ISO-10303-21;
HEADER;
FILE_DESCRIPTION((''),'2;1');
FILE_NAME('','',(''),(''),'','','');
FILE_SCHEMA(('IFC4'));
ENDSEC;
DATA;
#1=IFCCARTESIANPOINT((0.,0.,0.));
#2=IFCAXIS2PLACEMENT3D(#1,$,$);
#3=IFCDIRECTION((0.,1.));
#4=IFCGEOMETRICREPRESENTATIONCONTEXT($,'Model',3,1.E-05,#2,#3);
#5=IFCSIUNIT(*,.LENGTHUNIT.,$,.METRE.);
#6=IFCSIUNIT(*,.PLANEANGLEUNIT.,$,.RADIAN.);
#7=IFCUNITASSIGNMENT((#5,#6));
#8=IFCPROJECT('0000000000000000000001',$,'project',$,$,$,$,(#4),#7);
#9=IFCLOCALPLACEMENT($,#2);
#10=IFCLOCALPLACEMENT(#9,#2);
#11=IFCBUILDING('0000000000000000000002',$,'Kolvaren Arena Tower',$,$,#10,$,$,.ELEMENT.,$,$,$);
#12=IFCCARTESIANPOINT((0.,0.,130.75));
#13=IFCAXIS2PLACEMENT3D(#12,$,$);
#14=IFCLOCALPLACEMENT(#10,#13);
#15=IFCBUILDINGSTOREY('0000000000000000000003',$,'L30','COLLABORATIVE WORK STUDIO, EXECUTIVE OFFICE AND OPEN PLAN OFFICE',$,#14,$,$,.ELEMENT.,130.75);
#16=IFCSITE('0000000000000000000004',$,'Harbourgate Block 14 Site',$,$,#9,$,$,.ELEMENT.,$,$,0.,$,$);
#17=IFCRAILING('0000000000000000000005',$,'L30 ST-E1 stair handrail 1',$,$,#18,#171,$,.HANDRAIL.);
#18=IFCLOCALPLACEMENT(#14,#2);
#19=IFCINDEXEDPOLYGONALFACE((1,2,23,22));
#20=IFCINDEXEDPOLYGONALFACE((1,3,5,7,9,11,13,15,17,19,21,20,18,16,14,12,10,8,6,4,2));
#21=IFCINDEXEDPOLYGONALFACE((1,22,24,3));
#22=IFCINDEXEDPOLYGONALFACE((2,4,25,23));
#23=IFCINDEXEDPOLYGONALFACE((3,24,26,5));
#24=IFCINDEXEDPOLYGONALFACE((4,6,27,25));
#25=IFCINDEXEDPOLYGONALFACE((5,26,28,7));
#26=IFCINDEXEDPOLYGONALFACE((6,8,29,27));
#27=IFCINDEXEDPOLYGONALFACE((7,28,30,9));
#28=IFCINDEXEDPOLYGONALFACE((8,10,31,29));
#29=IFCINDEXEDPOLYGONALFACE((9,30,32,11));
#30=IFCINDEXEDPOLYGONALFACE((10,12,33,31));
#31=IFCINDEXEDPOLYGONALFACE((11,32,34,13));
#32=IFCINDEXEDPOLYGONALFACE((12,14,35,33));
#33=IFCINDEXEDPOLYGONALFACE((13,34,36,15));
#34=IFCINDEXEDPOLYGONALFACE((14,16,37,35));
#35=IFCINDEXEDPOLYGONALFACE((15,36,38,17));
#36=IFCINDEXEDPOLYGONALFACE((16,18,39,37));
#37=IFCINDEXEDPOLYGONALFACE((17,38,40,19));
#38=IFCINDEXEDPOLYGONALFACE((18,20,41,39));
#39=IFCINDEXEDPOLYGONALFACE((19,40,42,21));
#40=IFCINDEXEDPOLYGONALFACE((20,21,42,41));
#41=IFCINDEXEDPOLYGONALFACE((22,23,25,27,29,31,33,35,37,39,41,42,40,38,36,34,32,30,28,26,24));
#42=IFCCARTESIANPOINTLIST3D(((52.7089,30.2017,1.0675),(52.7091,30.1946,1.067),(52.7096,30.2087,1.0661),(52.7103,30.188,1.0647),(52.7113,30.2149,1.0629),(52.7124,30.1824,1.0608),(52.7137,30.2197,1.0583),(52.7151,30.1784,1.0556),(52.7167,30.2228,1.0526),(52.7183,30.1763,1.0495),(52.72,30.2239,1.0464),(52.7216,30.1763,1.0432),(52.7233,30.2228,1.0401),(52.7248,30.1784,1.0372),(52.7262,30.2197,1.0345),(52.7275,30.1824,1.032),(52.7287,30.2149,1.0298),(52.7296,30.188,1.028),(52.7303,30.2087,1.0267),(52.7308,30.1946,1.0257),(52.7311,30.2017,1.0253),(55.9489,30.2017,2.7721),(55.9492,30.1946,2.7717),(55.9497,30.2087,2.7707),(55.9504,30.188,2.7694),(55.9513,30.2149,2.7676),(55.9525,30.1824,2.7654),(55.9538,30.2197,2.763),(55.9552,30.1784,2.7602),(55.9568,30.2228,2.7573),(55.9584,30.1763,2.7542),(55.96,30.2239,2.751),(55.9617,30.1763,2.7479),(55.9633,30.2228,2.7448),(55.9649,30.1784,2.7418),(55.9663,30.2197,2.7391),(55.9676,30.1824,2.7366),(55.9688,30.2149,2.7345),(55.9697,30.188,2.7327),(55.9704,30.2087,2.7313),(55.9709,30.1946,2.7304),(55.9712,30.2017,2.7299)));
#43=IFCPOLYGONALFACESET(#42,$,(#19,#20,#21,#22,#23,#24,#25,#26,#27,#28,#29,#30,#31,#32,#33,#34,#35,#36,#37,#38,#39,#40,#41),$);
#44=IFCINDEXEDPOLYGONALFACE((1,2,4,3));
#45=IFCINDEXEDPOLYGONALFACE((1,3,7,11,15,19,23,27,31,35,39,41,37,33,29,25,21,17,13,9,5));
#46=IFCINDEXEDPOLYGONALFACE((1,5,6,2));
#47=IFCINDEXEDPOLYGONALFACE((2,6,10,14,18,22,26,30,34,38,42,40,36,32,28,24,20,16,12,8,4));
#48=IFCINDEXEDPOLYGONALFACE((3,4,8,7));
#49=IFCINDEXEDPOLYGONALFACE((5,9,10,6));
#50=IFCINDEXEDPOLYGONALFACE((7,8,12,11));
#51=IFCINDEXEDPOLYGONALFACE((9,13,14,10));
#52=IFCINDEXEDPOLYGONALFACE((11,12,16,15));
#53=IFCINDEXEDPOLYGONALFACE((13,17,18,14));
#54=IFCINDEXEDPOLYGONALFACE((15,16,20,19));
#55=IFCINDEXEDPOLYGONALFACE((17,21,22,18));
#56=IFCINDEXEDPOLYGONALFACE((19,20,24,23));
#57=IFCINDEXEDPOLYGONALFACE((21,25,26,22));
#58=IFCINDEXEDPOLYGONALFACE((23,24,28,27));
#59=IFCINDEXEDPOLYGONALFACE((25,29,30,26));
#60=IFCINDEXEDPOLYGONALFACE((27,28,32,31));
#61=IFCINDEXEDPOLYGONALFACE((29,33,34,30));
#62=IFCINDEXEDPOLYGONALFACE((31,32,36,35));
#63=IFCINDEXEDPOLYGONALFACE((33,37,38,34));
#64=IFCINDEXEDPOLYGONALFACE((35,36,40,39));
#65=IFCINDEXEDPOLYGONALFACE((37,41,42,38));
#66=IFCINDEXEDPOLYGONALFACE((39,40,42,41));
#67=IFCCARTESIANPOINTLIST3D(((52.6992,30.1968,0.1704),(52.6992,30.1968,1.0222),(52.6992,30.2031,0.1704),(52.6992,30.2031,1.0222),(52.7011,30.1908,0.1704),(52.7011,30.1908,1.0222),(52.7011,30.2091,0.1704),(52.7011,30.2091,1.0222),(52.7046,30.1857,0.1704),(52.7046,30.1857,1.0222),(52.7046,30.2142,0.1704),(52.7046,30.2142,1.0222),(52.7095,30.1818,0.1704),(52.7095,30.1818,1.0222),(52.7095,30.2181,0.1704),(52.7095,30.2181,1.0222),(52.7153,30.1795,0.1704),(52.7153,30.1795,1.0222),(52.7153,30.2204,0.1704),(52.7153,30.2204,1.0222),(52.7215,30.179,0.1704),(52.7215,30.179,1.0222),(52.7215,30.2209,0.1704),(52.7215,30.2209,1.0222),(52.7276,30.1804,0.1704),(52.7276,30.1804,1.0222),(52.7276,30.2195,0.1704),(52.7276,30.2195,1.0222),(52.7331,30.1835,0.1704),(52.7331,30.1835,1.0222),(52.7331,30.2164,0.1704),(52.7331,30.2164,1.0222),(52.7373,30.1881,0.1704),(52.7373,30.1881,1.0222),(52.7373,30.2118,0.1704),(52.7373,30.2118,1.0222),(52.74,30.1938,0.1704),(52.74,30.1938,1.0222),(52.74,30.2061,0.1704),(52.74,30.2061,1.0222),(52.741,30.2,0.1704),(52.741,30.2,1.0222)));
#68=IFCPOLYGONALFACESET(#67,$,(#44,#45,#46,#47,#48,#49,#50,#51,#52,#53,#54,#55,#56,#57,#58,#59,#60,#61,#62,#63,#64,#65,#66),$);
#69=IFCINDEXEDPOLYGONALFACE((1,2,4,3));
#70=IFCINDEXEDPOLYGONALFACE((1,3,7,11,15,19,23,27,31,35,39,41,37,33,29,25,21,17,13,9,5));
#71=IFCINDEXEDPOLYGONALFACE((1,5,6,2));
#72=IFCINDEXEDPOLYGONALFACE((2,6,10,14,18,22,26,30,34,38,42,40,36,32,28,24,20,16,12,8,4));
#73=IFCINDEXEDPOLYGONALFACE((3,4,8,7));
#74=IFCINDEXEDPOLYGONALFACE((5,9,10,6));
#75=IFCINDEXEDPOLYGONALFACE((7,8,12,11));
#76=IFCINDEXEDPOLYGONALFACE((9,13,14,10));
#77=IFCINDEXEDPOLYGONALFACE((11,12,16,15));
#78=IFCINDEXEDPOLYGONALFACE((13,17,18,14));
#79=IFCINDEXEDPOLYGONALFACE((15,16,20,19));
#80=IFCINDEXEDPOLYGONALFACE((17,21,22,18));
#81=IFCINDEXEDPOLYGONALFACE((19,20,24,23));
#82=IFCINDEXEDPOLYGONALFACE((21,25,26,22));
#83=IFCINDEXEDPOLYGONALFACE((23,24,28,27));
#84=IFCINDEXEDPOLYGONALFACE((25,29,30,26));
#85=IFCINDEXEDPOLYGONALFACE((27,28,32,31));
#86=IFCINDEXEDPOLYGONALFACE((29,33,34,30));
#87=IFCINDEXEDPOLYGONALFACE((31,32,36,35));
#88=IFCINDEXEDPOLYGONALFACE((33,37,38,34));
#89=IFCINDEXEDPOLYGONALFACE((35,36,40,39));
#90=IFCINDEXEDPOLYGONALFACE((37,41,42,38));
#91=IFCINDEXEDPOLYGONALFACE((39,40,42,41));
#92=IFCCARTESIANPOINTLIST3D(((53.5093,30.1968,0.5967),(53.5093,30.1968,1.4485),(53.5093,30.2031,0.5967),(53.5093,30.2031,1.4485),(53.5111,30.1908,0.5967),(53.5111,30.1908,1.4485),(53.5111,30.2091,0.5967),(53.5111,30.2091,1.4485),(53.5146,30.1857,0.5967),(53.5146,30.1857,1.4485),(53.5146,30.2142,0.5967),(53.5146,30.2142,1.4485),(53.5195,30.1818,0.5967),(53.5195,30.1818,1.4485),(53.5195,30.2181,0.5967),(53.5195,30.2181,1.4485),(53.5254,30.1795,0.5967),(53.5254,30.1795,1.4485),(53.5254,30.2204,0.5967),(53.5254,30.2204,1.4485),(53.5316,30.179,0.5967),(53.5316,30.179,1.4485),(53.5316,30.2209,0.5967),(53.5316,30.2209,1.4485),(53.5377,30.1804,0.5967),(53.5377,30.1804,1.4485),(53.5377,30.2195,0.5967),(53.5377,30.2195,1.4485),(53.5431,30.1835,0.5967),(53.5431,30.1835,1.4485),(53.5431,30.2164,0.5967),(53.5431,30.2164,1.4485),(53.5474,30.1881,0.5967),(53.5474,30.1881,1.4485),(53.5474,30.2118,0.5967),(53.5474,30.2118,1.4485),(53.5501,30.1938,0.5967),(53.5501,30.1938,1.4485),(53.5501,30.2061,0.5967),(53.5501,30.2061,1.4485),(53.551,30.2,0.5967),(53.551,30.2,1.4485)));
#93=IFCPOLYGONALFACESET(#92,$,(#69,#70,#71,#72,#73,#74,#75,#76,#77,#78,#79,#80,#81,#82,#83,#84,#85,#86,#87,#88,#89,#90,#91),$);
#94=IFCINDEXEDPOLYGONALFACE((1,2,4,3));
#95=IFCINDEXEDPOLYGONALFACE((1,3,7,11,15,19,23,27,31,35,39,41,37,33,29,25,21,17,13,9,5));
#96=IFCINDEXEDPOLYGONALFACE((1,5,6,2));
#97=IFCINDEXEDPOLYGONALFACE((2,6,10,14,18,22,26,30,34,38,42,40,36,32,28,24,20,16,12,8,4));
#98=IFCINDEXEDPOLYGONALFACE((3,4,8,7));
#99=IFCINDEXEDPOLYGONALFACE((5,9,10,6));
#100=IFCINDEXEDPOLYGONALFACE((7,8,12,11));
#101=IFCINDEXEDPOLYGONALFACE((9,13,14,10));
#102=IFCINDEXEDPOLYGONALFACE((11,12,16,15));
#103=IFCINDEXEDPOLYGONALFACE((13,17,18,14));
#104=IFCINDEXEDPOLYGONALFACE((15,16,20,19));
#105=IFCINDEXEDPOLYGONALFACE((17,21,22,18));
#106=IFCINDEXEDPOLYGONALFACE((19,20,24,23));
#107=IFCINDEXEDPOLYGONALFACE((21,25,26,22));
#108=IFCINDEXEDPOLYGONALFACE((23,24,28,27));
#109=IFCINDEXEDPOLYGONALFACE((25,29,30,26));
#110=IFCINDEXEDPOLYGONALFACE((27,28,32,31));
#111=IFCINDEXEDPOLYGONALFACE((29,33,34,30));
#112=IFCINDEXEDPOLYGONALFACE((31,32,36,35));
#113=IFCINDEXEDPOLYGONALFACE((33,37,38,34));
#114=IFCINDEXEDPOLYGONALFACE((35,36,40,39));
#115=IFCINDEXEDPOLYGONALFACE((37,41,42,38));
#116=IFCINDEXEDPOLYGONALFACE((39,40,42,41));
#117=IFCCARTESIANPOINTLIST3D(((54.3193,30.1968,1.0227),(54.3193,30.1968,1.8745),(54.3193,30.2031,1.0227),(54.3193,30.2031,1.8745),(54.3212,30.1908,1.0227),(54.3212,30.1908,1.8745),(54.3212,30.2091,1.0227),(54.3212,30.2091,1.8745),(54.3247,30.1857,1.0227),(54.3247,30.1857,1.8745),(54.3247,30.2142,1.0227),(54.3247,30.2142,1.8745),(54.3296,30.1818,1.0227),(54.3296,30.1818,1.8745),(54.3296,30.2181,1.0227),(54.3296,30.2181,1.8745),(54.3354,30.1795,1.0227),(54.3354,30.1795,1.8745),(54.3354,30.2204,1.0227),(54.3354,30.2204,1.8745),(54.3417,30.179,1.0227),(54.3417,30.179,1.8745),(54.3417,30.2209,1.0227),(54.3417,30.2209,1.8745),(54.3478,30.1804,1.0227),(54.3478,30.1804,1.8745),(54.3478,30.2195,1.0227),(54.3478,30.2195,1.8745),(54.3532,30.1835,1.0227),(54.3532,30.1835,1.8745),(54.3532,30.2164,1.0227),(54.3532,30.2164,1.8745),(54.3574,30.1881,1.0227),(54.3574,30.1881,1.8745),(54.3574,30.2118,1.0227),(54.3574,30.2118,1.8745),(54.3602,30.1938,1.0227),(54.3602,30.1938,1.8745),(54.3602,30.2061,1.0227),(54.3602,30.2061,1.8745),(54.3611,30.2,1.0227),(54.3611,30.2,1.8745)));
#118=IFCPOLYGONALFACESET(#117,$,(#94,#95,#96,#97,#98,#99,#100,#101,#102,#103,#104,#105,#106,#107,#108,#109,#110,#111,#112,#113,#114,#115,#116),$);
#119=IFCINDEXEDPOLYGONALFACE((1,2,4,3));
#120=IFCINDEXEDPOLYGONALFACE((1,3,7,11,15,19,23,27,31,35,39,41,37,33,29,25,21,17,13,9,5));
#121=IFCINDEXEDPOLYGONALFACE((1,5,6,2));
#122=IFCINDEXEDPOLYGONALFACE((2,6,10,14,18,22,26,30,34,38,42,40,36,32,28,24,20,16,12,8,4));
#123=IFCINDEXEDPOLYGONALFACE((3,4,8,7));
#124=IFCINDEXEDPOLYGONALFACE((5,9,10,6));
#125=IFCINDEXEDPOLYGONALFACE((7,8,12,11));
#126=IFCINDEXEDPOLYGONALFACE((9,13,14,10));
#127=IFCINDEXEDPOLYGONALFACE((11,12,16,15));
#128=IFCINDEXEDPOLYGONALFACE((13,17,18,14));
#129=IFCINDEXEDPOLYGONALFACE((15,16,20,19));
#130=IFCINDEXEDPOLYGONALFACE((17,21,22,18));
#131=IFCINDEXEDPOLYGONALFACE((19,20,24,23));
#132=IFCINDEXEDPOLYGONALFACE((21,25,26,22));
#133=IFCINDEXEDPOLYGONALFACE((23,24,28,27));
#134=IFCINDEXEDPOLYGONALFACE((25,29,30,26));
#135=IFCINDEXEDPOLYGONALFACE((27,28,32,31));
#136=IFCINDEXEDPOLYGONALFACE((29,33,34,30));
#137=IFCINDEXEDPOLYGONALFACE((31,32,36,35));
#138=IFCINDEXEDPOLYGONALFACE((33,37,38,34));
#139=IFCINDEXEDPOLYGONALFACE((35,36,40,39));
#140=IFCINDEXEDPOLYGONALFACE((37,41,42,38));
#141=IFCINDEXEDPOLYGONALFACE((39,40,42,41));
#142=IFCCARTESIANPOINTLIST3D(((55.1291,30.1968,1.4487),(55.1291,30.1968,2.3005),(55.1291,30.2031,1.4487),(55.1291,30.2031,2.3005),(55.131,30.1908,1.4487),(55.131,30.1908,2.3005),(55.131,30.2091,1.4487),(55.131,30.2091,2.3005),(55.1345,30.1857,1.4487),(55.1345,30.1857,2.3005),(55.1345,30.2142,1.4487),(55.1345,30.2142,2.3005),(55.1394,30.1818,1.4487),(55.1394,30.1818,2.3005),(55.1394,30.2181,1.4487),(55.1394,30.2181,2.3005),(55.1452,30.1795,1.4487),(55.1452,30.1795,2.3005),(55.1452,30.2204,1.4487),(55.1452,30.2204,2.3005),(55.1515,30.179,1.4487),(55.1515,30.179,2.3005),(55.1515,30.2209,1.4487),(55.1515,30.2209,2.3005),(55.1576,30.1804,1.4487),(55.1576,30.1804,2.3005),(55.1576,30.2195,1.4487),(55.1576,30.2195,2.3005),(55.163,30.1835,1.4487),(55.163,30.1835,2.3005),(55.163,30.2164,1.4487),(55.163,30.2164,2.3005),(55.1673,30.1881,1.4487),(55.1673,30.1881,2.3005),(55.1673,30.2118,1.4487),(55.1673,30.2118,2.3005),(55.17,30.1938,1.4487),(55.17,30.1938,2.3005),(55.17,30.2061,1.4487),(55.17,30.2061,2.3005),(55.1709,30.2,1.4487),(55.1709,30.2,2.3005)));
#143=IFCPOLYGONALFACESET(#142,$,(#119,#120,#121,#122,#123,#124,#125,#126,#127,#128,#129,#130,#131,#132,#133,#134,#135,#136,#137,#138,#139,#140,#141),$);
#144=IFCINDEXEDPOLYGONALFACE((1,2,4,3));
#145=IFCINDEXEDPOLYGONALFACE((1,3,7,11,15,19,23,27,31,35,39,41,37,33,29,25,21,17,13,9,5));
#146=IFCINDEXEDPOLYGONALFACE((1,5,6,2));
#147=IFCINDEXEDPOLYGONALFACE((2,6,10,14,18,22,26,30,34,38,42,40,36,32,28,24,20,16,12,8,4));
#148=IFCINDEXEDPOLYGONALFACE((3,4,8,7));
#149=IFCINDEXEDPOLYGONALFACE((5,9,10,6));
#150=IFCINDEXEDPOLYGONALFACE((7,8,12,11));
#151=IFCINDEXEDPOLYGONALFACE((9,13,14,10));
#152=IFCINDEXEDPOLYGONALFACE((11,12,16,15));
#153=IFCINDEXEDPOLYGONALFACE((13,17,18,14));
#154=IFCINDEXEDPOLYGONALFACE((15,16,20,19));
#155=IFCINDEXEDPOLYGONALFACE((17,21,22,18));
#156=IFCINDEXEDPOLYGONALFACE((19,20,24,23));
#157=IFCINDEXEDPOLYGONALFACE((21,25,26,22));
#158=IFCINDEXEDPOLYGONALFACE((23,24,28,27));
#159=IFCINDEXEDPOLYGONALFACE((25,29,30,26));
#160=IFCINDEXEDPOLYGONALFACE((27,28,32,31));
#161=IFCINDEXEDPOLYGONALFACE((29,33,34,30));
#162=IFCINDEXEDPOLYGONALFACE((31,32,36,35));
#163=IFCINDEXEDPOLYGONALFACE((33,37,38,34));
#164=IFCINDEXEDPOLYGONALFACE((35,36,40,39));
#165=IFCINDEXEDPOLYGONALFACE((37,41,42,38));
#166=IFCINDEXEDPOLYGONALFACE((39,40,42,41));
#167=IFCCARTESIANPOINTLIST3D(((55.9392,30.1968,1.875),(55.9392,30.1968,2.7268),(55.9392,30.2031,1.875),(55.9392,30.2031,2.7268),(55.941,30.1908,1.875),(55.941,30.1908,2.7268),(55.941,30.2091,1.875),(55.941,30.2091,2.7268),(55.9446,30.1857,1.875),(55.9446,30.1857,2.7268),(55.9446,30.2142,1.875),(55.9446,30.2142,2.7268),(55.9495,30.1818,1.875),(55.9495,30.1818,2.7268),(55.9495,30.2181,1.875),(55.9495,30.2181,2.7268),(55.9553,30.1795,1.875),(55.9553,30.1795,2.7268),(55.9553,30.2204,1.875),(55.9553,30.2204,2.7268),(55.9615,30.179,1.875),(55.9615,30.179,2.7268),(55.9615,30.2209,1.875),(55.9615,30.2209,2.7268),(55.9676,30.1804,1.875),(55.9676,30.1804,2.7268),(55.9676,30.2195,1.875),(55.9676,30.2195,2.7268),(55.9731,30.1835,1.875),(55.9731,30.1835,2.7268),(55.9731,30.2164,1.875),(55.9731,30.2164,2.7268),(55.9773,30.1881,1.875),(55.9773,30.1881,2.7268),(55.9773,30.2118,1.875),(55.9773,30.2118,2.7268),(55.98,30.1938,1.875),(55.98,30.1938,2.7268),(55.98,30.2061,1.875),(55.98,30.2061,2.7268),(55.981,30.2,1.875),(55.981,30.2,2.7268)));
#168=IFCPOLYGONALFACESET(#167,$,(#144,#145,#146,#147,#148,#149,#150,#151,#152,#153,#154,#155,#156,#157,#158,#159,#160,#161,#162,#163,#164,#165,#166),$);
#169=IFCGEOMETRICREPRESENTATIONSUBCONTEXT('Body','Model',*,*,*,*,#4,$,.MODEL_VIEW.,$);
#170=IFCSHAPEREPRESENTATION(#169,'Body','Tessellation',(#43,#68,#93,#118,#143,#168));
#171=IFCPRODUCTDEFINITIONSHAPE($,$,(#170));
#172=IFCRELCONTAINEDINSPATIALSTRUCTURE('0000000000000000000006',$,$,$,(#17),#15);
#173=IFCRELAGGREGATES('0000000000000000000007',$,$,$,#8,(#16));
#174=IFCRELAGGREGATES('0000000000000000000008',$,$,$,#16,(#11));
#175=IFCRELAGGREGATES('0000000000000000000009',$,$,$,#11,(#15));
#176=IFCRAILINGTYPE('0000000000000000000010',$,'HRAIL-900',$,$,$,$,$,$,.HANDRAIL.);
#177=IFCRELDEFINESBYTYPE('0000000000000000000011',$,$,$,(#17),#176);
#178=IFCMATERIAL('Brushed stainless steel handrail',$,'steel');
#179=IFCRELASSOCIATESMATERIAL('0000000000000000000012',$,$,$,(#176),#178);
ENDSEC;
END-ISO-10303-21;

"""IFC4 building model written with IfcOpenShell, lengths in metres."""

from ifc_helpers import new_model, si_unit, direction, frame, origin, origin_2d, place, context, subcontext, project, spatial, circle, extrude, material, type_object, element, save


model = new_model("IFC4")

# Units and contexts
model_context = context("Model", 3, precision=1e-05, world=origin(), true_north=direction((0.0, 1.0)))
body_context = subcontext(model_context, "Body", "Model", "MODEL_VIEW")
ifc_project = project(units=[si_unit("LENGTHUNIT", "METRE"), si_unit("PLANEANGLEUNIT", "RADIAN")], contexts=[model_context])

# Site, building, storey
site_placement = place(None, origin())
site = spatial("IfcSite", under=ifc_project, at=site_placement, Name="Harbourgate Block 14 Site", CompositionType="ELEMENT", RefElevation=0.0)
building_placement = place(site_placement, origin())
building = spatial("IfcBuilding", under=site, at=building_placement, Name="Kolvaren Arena Tower", CompositionType="ELEMENT")
storey_placement = place(building_placement, frame((0.0, 0.0, 130.75)))
storey = spatial("IfcBuildingStorey", under=building, at=storey_placement, Name="L30", Description="COLLABORATIVE WORK STUDIO, EXECUTIVE OFFICE AND OPEN PLAN OFFICE", CompositionType="ELEMENT", Elevation=130.75)

# Railing
ifc_material_1 = material(Name="Brushed stainless steel handrail", Category="steel")
railing_type_1 = type_object("IfcRailingType", Name="HRAIL-900", PredefinedType="HANDRAIL", material=ifc_material_1)
for number, where, name in (
    (1, (52.72, 30.2, 0.1704), "L30 ST-E1 stair handrail 1"),
):
    element("IfcRailing", number, at=place(storey_placement, frame(where)), inside=storey, type_object=railing_type_1, Name=name, PredefinedType="HANDRAIL", context=body_context, shape_type="SweptSolid", body=[
        extrude(circle(Radius=0.0239, at=origin_2d()), frame((0.0, 0.0, 0.876), z_axis=(0.884993, 0.0, 0.465604), x_axis=(0.0, 1.0, 0.0)), (0.0, 0.0, 1.0), 3.6611),
        extrude(circle(Radius=0.021, at=origin_2d()), origin(), (0.0, 0.0, 1.0), 0.8518),
        extrude(circle(Radius=0.021, at=origin_2d()), frame((0.8101, 0.0, 0.4263)), (0.0, 0.0, 1.0), 0.8518),
        extrude(circle(Radius=0.021, at=origin_2d()), frame((1.6201, 0.0, 0.8523)), (0.0, 0.0, 1.0), 0.8518),
        extrude(circle(Radius=0.021, at=origin_2d()), frame((2.4299, 0.0, 1.2783)), (0.0, 0.0, 1.0), 0.8518),
        extrude(circle(Radius=0.021, at=origin_2d()), frame((3.24, 0.0, 1.7046)), (0.0, 0.0, 1.0), 0.8518),
    ])

save(model, "model.ifc")
